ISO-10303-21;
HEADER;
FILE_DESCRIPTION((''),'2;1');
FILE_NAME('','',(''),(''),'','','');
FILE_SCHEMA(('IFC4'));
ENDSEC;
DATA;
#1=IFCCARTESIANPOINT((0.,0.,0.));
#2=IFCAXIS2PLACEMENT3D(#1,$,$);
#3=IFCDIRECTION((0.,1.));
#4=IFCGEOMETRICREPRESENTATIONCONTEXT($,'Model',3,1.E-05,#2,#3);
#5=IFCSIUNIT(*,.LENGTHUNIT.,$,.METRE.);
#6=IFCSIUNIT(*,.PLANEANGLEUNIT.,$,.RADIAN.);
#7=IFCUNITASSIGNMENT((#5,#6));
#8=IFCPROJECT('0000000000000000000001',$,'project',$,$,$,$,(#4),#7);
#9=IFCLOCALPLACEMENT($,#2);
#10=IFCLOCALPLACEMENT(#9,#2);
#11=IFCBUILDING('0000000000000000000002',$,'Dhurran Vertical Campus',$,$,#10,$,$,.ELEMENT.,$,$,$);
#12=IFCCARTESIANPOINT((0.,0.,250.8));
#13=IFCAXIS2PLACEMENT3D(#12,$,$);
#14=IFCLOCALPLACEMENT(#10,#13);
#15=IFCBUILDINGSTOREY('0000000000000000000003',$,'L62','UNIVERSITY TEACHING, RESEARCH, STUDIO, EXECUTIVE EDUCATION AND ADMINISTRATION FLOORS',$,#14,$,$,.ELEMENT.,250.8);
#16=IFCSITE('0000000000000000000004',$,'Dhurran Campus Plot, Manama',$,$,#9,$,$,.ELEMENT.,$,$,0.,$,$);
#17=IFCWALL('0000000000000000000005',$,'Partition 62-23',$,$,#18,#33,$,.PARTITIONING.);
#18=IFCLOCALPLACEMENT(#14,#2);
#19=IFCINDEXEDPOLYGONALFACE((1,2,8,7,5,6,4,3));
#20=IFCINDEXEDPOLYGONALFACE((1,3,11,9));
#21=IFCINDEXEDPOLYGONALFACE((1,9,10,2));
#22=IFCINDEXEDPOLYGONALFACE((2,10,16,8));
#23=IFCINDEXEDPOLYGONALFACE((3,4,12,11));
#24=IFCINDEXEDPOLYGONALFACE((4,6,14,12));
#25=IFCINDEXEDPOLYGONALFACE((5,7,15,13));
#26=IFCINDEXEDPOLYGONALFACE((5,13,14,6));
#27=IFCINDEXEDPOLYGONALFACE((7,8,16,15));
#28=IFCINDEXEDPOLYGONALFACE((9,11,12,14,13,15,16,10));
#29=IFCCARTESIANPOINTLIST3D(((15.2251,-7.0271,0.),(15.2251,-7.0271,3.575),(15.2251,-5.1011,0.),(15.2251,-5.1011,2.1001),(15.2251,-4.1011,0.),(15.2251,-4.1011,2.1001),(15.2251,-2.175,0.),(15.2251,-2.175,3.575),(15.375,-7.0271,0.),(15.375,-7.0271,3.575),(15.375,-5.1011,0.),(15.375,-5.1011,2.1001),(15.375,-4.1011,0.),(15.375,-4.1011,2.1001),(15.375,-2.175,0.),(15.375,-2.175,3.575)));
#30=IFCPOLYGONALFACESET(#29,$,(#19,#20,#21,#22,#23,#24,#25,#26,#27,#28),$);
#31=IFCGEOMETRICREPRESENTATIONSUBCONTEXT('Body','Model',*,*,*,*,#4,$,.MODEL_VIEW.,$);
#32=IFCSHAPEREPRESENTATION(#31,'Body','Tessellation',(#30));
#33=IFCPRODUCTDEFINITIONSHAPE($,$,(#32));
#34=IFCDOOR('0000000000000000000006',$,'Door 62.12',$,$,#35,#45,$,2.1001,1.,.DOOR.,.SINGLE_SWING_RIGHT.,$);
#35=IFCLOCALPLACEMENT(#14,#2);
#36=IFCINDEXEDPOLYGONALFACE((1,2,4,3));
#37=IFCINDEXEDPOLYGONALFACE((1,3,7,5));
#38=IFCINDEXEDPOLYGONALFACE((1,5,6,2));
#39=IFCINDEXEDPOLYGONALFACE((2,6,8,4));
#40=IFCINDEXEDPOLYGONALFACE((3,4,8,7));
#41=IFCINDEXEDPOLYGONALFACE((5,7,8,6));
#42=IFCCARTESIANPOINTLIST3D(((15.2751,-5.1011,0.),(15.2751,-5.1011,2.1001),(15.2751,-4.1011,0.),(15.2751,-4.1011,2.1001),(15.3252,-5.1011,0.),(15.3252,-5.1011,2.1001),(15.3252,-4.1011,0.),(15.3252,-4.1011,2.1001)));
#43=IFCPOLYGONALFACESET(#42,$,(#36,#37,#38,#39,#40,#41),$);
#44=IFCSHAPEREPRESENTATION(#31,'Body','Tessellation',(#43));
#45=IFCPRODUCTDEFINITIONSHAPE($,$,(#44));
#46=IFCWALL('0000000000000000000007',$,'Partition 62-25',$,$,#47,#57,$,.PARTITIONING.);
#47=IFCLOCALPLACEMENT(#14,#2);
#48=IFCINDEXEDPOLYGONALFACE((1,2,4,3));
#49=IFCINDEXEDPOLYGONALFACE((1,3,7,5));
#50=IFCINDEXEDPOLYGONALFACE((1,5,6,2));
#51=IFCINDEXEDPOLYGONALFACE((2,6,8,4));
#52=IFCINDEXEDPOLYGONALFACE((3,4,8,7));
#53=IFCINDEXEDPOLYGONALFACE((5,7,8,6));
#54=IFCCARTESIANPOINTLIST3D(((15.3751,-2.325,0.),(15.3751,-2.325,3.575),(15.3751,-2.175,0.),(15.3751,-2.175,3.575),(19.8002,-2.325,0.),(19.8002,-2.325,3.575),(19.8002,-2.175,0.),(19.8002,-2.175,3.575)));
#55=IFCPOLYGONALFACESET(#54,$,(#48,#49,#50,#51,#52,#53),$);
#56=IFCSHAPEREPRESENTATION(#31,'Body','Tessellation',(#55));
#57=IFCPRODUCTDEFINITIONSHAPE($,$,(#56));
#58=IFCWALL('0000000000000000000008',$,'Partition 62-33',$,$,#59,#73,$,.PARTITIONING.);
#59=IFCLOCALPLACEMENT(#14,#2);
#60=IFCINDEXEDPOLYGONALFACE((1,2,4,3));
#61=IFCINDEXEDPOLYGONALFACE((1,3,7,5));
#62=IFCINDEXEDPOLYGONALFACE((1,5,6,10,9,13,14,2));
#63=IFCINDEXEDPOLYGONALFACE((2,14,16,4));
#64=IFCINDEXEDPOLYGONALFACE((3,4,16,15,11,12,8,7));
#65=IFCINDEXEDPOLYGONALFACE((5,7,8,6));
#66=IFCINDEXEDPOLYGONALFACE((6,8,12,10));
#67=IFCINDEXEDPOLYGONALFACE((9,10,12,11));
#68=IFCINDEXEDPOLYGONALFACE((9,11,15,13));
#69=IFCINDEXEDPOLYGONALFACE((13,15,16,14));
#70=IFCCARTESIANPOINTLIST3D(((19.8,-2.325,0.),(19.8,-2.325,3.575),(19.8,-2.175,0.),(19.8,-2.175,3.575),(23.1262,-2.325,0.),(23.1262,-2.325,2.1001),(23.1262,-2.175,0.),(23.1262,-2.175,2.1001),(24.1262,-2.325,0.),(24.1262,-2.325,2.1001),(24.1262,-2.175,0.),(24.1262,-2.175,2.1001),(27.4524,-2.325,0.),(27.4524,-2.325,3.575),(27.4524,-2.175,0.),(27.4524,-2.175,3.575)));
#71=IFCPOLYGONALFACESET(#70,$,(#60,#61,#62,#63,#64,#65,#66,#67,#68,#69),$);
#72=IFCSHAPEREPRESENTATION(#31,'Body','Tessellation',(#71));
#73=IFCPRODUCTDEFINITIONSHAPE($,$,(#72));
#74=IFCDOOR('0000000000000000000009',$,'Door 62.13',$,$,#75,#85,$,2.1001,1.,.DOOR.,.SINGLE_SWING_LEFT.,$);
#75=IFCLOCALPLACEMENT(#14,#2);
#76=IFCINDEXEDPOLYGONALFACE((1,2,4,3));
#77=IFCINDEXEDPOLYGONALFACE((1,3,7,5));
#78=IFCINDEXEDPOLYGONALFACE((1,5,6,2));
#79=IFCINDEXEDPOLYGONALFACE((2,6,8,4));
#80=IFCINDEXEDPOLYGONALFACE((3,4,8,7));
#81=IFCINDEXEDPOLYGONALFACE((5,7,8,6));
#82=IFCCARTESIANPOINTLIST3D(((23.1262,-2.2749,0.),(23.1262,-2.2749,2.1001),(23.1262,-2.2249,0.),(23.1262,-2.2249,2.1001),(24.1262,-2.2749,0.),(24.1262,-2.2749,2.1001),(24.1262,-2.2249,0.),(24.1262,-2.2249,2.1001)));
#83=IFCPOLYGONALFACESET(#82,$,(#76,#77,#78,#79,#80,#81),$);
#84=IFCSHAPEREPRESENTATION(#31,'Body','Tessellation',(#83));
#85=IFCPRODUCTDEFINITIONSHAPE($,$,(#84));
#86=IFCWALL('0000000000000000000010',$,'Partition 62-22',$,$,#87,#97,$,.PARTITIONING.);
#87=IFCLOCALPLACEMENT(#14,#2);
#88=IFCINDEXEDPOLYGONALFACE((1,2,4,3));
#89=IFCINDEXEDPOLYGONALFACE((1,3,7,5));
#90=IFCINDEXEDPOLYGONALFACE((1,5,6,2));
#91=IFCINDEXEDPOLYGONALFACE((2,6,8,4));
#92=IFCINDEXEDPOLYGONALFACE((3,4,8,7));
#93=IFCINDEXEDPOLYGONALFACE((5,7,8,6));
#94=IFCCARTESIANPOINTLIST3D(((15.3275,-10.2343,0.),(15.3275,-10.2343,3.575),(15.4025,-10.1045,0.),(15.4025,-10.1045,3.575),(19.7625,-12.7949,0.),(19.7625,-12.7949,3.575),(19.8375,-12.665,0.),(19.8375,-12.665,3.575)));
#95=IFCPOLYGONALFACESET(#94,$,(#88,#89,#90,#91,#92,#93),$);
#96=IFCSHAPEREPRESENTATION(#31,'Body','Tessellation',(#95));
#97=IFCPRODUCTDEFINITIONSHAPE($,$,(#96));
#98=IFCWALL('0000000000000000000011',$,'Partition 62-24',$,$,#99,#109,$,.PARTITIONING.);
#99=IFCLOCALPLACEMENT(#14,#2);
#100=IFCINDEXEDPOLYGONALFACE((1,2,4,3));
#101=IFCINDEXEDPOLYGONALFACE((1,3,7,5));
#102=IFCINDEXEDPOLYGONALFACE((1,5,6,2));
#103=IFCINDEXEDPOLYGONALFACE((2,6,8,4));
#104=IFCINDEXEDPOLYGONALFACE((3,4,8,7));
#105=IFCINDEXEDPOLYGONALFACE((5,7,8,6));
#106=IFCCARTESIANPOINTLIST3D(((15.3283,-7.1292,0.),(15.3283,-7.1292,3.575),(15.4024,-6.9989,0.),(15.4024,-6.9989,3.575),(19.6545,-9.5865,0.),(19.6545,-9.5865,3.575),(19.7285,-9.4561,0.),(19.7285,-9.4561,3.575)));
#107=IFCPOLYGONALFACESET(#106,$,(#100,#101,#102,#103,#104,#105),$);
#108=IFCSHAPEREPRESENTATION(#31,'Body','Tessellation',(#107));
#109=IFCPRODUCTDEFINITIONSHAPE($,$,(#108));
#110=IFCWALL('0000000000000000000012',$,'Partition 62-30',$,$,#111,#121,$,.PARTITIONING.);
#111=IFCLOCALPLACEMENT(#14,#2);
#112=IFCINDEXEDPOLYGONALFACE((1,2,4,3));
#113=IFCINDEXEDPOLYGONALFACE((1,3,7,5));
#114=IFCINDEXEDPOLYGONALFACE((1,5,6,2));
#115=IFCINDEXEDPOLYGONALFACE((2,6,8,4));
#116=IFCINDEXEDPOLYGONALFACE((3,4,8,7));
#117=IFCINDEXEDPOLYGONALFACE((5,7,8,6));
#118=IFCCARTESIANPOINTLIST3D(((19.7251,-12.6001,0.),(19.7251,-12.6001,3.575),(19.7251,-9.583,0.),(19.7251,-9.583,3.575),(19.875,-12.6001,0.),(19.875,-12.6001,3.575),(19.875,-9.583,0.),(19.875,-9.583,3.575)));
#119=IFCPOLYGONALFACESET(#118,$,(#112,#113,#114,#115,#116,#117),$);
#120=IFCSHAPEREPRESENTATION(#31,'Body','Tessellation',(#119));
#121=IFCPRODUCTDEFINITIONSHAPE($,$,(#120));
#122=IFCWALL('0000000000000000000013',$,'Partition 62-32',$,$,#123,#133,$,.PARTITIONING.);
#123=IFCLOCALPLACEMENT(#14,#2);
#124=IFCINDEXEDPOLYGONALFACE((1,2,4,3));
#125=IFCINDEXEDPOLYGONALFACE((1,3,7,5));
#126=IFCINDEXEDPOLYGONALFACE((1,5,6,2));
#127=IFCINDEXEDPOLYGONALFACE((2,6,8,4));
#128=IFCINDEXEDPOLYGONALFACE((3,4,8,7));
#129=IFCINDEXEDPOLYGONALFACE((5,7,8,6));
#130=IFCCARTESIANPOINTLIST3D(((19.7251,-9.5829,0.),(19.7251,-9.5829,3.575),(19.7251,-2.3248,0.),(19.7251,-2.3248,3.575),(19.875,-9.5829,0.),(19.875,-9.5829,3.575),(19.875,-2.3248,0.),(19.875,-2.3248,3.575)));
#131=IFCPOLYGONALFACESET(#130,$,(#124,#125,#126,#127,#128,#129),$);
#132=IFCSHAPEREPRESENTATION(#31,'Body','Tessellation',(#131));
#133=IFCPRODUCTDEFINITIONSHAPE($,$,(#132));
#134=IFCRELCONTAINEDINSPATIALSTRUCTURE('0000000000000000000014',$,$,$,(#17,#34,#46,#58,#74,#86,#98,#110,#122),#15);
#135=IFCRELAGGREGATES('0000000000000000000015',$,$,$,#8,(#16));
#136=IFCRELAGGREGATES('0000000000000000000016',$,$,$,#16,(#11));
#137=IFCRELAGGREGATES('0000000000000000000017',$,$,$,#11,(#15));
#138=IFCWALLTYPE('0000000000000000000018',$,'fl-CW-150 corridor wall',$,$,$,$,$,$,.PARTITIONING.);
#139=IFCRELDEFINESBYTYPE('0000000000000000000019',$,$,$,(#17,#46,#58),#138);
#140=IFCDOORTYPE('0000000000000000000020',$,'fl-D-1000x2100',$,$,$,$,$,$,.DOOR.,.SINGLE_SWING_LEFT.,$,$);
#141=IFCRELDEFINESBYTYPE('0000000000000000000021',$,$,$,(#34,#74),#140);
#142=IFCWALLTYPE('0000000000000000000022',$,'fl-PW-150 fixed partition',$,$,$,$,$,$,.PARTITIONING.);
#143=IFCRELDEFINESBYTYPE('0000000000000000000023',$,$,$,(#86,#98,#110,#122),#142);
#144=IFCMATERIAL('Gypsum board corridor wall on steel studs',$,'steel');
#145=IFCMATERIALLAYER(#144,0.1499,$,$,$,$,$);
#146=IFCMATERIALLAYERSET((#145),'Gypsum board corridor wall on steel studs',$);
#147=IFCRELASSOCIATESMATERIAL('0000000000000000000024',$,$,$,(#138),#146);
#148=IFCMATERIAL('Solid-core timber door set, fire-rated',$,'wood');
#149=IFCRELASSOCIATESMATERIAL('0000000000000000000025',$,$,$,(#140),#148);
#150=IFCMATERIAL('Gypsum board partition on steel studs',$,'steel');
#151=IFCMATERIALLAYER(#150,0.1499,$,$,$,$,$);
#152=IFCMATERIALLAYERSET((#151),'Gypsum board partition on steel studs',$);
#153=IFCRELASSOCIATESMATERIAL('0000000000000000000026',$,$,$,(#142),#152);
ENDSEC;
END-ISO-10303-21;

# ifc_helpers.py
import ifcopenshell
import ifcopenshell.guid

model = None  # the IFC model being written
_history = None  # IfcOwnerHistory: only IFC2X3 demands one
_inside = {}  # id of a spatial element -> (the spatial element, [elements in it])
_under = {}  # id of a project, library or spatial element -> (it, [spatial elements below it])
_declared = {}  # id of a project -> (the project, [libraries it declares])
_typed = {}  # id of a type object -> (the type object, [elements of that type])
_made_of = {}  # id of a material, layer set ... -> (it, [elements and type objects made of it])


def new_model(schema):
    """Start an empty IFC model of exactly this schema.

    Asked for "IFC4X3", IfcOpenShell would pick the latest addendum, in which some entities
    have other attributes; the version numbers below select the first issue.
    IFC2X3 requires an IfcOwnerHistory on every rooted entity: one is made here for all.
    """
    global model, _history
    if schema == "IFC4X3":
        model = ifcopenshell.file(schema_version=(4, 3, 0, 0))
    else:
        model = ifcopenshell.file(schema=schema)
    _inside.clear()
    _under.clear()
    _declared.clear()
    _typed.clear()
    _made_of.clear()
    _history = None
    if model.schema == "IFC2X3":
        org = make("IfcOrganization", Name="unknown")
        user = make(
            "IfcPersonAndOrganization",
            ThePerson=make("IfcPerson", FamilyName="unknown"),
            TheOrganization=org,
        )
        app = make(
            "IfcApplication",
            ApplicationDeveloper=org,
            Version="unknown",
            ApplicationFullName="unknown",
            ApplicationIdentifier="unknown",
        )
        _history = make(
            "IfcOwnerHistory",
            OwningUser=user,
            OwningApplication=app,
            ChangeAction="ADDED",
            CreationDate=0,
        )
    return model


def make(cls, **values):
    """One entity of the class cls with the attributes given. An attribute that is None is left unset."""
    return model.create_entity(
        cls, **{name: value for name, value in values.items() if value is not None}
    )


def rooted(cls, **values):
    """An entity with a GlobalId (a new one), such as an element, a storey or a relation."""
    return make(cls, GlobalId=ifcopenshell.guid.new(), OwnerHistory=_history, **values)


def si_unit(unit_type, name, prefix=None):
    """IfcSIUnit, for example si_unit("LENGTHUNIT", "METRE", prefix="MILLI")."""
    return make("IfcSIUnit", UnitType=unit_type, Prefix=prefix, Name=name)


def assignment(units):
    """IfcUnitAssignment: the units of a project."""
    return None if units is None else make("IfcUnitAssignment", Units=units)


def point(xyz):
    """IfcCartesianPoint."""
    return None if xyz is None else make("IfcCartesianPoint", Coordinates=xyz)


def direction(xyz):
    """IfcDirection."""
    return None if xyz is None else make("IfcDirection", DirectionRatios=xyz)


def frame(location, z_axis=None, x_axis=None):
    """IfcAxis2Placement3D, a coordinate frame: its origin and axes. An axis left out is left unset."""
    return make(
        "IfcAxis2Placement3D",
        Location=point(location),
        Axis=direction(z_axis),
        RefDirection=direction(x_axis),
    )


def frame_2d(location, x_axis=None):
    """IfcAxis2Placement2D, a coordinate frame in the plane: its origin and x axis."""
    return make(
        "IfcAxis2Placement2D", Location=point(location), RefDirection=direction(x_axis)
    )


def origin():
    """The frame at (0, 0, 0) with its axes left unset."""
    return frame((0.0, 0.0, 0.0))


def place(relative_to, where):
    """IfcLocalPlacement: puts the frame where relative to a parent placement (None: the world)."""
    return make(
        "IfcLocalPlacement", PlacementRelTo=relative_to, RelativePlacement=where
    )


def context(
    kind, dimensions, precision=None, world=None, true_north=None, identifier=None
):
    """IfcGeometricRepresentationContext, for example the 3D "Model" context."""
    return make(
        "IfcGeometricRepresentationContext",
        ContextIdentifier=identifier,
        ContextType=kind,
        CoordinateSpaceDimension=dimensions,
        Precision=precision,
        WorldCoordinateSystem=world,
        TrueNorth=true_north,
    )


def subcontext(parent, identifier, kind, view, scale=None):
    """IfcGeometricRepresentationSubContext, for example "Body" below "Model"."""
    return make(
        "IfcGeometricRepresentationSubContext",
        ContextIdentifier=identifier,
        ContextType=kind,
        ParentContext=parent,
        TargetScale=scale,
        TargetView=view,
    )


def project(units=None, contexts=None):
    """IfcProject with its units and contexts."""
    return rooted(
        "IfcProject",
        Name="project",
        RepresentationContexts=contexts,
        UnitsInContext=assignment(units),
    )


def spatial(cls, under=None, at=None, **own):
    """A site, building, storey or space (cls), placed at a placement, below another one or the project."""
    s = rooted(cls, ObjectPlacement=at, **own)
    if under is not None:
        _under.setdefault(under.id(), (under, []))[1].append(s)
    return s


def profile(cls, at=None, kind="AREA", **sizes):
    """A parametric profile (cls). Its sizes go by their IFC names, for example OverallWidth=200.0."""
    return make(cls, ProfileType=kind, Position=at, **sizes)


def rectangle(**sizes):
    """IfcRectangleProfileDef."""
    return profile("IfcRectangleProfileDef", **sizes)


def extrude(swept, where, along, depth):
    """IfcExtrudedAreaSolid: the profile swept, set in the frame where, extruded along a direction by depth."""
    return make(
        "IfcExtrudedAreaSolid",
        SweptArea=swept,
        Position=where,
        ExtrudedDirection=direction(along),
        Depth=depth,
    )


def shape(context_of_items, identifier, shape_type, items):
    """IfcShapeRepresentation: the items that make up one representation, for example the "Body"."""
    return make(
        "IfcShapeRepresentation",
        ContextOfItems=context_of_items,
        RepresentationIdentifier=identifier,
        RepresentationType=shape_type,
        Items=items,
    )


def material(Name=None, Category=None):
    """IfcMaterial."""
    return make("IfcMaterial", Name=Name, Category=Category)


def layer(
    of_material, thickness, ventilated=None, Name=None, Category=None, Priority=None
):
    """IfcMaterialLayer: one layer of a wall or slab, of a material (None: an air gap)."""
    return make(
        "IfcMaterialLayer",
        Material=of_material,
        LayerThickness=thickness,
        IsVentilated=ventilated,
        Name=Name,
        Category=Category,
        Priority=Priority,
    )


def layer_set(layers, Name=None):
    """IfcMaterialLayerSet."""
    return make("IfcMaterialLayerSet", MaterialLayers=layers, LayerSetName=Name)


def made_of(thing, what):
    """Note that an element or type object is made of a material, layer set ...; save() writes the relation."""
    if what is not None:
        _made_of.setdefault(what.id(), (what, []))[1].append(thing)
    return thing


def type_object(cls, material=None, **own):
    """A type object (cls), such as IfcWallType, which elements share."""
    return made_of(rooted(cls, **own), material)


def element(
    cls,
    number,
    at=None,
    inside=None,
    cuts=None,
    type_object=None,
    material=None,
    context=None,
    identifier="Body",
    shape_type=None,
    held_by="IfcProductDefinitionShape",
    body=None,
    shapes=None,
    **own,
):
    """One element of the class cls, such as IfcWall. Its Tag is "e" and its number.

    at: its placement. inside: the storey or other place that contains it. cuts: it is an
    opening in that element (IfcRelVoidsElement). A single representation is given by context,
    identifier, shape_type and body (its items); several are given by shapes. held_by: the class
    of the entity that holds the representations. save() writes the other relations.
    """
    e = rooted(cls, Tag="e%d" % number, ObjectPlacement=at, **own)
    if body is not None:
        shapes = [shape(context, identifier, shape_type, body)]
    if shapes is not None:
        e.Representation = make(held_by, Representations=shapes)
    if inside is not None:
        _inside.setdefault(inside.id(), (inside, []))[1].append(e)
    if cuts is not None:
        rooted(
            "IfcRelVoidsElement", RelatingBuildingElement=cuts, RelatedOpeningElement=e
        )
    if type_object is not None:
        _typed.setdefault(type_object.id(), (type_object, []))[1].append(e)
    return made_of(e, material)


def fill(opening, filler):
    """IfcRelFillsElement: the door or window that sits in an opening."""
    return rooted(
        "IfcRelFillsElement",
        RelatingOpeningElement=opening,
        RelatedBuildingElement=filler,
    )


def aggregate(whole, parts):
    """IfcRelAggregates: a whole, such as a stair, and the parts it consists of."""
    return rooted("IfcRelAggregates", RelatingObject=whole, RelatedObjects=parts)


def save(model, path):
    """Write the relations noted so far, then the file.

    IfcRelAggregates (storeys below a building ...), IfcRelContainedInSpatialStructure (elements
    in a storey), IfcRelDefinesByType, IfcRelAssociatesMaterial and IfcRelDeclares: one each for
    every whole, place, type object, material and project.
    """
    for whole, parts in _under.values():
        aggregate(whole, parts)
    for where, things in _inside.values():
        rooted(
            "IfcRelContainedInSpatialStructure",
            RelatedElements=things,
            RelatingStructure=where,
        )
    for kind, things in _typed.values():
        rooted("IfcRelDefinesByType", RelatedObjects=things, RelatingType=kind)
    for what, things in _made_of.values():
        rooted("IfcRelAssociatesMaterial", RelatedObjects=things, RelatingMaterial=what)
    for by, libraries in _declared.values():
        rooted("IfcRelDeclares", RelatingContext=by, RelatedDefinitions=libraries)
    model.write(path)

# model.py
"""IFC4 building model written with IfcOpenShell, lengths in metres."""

from ifc_helpers import new_model, si_unit, direction, frame, frame_2d, origin, place, context, subcontext, project, spatial, rectangle, extrude, material, layer, layer_set, type_object, element, fill, save


model = new_model("IFC4")

# Units and contexts
model_context = context("Model", 3, precision=1e-05, world=origin(), true_north=direction((0.0, 1.0)))
body_context = subcontext(model_context, "Body", "Model", "MODEL_VIEW")
ifc_project = project(units=[si_unit("LENGTHUNIT", "METRE"), si_unit("PLANEANGLEUNIT", "RADIAN")], contexts=[model_context])

# Site, building, storey
site_placement = place(None, origin())
site = spatial("IfcSite", under=ifc_project, at=site_placement, Name="Dhurran Campus Plot, Manama", CompositionType="ELEMENT", RefElevation=0.0)
building_placement = place(site_placement, origin())
building = spatial("IfcBuilding", under=site, at=building_placement, Name="Dhurran Vertical Campus", CompositionType="ELEMENT")
storey_placement = place(building_placement, frame((0.0, 0.0, 250.8)))
storey = spatial("IfcBuildingStorey", under=building, at=storey_placement, Name="L62", Description="UNIVERSITY TEACHING, RESEARCH, STUDIO, EXECUTIVE EDUCATION AND ADMINISTRATION FLOORS", CompositionType="ELEMENT", Elevation=250.8)

# Wall, opening, door
ifc_material_1 = material(Name="Gypsum board corridor wall on steel studs", Category="steel")
ifc_layer_1 = layer(ifc_material_1, 0.1499)
ifc_layer_set_1 = layer_set([ifc_layer_1], Name="Gypsum board corridor wall on steel studs")
wall_type_1 = type_object("IfcWallType", Name="fl-CW-150 corridor wall", PredefinedType="PARTITIONING", material=ifc_layer_set_1)
ifc_material_2 = material(Name="Solid-core timber door set, fire-rated", Category="wood")
door_type = type_object("IfcDoorType", Name="fl-D-1000x2100", OperationType="SINGLE_SWING_LEFT", PredefinedType="DOOR", material=ifc_material_2)
wall_1_placement = place(storey_placement, frame((15.3, -7.0271, 0.0), z_axis=(0.0, 0.0, 1.0), x_axis=(0.0, 1.0, 0.0)))
wall_1 = element("IfcWall", 1, at=wall_1_placement, inside=storey, type_object=wall_type_1, Name="Partition 62-23", PredefinedType="PARTITIONING", context=body_context, shape_type="SweptSolid", body=[
    extrude(rectangle(XDim=4.8521, YDim=0.1499, at=frame_2d((2.426, 0.0))), origin(), (0.0, 0.0, 1.0), 3.575),
])
opening_1_placement = place(wall_1_placement, frame((1.926, 0.0, 0.0)))
opening_1 = element("IfcOpeningElement", 2, at=opening_1_placement, cuts=wall_1, PredefinedType="OPENING", context=body_context, shape_type="SweptSolid", body=[
    extrude(rectangle(XDim=1.0, YDim=2.1001, at=frame_2d((0.5, 1.05))), frame((0.0, 0.085, 0.0), z_axis=(0.0, -1.0, 0.0), x_axis=(1.0, 0.0, 0.0)), (0.0, 0.0, 1.0), 0.1699),
])
door_1_placement = place(opening_1_placement, origin())
door_1 = element("IfcDoor", 3, at=door_1_placement, inside=storey, type_object=door_type, Name="Door 62.12", OperationType="SINGLE_SWING_RIGHT", OverallHeight=2.1001, OverallWidth=1.0, PredefinedType="DOOR", context=body_context, shape_type="SweptSolid", body=[
    extrude(rectangle(XDim=1.0, YDim=2.1001, at=frame_2d((0.5, 1.05))), frame((0.0, 0.0249, 0.0), z_axis=(0.0, -1.0, 0.0), x_axis=(1.0, 0.0, 0.0)), (0.0, 0.0, 1.0), 0.05),
])
fill(opening_1, door_1)

# Wall
wall_2_placement = place(storey_placement, frame((19.8, -2.25, 0.0), z_axis=(0.0, 0.0, 1.0), x_axis=(-1.0, 0.0, 0.0)))
element("IfcWall", 4, at=wall_2_placement, inside=storey, type_object=wall_type_1, Name="Partition 62-25", PredefinedType="PARTITIONING", context=body_context, shape_type="SweptSolid", body=[
    extrude(rectangle(XDim=4.425, YDim=0.1499, at=frame_2d((2.2124, 0.0))), origin(), (0.0, 0.0, 1.0), 3.575),
])

# Wall, opening, door
wall_3_placement = place(storey_placement, frame((27.4524, -2.25, 0.0), z_axis=(0.0, 0.0, 1.0), x_axis=(-1.0, 0.0, 0.0)))
wall_3 = element("IfcWall", 5, at=wall_3_placement, inside=storey, type_object=wall_type_1, Name="Partition 62-33", PredefinedType="PARTITIONING", context=body_context, shape_type="SweptSolid", body=[
    extrude(rectangle(XDim=7.6523, YDim=0.1499, at=frame_2d((3.8262, 0.0))), origin(), (0.0, 0.0, 1.0), 3.575),
])
opening_2_placement = place(wall_3_placement, frame((3.3262, 0.0, 0.0)))
opening_2 = element("IfcOpeningElement", 6, at=opening_2_placement, cuts=wall_3, PredefinedType="OPENING", context=body_context, shape_type="SweptSolid", body=[
    extrude(rectangle(XDim=1.0, YDim=2.1001, at=frame_2d((0.5, 1.05))), frame((0.0, 0.085, 0.0), z_axis=(0.0, -1.0, 0.0), x_axis=(1.0, 0.0, 0.0)), (0.0, 0.0, 1.0), 0.1699),
])
door_2_placement = place(opening_2_placement, origin())
door_2 = element("IfcDoor", 7, at=door_2_placement, inside=storey, type_object=door_type, Name="Door 62.13", OperationType="SINGLE_SWING_LEFT", OverallHeight=2.1001, OverallWidth=1.0, PredefinedType="DOOR", context=body_context, shape_type="SweptSolid", body=[
    extrude(rectangle(XDim=1.0, YDim=2.1001, at=frame_2d((0.5, 1.05))), frame((0.0, 0.0249, 0.0), z_axis=(0.0, -1.0, 0.0), x_axis=(1.0, 0.0, 0.0)), (0.0, 0.0, 1.0), 0.05),
])
fill(opening_2, door_2)

# Walls
ifc_material_3 = material(Name="Gypsum board partition on steel studs", Category="steel")
ifc_layer_2 = layer(ifc_material_3, 0.1499)
ifc_layer_set_2 = layer_set([ifc_layer_2], Name="Gypsum board partition on steel studs")
wall_type_2 = type_object("IfcWallType", Name="fl-PW-150 fixed partition", PredefinedType="PARTITIONING", material=ifc_layer_set_2)
wall_4_placement = place(storey_placement, frame((15.365, -10.1694, 0.0), z_axis=(0.0, 0.0, 1.0), x_axis=(0.866028, -0.499995, 0.0)))
element("IfcWall", 8, at=wall_4_placement, inside=storey, type_object=wall_type_2, Name="Partition 62-22", PredefinedType="PARTITIONING", context=body_context, shape_type="SweptSolid", body=[
    extrude(rectangle(XDim=5.1211, YDim=0.1499, at=frame_2d((2.5605, 0.0))), origin(), (0.0, 0.0, 1.0), 3.575),
])
wall_5_placement = place(storey_placement, frame((15.3652, -7.064, 0.0), z_axis=(0.0, 0.0, 1.0), x_axis=(0.869524, -0.493891, 0.0)))
element("IfcWall", 9, at=wall_5_placement, inside=storey, type_object=wall_type_2, Name="Partition 62-24", PredefinedType="PARTITIONING", context=body_context, shape_type="SweptSolid", body=[
    extrude(rectangle(XDim=4.9753, YDim=0.1499, at=frame_2d((2.4878, 0.0))), origin(), (0.0, 0.0, 1.0), 3.575),
])
wall_6_placement = place(storey_placement, frame((19.8, -9.583, 0.0), z_axis=(0.0, 0.0, 1.0), x_axis=(0.0, -1.0, 0.0)))
element("IfcWall", 10, at=wall_6_placement, inside=storey, type_object=wall_type_2, Name="Partition 62-30", PredefinedType="PARTITIONING", context=body_context, shape_type="SweptSolid", body=[
    extrude(rectangle(XDim=3.0171, YDim=0.1499, at=frame_2d((1.5085, 0.0))), origin(), (0.0, 0.0, 1.0), 3.575),
])
wall_7_placement = place(storey_placement, frame((19.8, -2.325, 0.0), z_axis=(0.0, 0.0, 1.0), x_axis=(0.0, -1.0, 0.0)))
element("IfcWall", 11, at=wall_7_placement, inside=storey, type_object=wall_type_2, Name="Partition 62-32", PredefinedType="PARTITIONING", context=body_context, shape_type="SweptSolid", body=[
    extrude(rectangle(XDim=7.2581, YDim=0.1499, at=frame_2d((3.6289, 0.0))), origin(), (0.0, 0.0, 1.0), 3.575),
])

save(model, "model.ifc")
